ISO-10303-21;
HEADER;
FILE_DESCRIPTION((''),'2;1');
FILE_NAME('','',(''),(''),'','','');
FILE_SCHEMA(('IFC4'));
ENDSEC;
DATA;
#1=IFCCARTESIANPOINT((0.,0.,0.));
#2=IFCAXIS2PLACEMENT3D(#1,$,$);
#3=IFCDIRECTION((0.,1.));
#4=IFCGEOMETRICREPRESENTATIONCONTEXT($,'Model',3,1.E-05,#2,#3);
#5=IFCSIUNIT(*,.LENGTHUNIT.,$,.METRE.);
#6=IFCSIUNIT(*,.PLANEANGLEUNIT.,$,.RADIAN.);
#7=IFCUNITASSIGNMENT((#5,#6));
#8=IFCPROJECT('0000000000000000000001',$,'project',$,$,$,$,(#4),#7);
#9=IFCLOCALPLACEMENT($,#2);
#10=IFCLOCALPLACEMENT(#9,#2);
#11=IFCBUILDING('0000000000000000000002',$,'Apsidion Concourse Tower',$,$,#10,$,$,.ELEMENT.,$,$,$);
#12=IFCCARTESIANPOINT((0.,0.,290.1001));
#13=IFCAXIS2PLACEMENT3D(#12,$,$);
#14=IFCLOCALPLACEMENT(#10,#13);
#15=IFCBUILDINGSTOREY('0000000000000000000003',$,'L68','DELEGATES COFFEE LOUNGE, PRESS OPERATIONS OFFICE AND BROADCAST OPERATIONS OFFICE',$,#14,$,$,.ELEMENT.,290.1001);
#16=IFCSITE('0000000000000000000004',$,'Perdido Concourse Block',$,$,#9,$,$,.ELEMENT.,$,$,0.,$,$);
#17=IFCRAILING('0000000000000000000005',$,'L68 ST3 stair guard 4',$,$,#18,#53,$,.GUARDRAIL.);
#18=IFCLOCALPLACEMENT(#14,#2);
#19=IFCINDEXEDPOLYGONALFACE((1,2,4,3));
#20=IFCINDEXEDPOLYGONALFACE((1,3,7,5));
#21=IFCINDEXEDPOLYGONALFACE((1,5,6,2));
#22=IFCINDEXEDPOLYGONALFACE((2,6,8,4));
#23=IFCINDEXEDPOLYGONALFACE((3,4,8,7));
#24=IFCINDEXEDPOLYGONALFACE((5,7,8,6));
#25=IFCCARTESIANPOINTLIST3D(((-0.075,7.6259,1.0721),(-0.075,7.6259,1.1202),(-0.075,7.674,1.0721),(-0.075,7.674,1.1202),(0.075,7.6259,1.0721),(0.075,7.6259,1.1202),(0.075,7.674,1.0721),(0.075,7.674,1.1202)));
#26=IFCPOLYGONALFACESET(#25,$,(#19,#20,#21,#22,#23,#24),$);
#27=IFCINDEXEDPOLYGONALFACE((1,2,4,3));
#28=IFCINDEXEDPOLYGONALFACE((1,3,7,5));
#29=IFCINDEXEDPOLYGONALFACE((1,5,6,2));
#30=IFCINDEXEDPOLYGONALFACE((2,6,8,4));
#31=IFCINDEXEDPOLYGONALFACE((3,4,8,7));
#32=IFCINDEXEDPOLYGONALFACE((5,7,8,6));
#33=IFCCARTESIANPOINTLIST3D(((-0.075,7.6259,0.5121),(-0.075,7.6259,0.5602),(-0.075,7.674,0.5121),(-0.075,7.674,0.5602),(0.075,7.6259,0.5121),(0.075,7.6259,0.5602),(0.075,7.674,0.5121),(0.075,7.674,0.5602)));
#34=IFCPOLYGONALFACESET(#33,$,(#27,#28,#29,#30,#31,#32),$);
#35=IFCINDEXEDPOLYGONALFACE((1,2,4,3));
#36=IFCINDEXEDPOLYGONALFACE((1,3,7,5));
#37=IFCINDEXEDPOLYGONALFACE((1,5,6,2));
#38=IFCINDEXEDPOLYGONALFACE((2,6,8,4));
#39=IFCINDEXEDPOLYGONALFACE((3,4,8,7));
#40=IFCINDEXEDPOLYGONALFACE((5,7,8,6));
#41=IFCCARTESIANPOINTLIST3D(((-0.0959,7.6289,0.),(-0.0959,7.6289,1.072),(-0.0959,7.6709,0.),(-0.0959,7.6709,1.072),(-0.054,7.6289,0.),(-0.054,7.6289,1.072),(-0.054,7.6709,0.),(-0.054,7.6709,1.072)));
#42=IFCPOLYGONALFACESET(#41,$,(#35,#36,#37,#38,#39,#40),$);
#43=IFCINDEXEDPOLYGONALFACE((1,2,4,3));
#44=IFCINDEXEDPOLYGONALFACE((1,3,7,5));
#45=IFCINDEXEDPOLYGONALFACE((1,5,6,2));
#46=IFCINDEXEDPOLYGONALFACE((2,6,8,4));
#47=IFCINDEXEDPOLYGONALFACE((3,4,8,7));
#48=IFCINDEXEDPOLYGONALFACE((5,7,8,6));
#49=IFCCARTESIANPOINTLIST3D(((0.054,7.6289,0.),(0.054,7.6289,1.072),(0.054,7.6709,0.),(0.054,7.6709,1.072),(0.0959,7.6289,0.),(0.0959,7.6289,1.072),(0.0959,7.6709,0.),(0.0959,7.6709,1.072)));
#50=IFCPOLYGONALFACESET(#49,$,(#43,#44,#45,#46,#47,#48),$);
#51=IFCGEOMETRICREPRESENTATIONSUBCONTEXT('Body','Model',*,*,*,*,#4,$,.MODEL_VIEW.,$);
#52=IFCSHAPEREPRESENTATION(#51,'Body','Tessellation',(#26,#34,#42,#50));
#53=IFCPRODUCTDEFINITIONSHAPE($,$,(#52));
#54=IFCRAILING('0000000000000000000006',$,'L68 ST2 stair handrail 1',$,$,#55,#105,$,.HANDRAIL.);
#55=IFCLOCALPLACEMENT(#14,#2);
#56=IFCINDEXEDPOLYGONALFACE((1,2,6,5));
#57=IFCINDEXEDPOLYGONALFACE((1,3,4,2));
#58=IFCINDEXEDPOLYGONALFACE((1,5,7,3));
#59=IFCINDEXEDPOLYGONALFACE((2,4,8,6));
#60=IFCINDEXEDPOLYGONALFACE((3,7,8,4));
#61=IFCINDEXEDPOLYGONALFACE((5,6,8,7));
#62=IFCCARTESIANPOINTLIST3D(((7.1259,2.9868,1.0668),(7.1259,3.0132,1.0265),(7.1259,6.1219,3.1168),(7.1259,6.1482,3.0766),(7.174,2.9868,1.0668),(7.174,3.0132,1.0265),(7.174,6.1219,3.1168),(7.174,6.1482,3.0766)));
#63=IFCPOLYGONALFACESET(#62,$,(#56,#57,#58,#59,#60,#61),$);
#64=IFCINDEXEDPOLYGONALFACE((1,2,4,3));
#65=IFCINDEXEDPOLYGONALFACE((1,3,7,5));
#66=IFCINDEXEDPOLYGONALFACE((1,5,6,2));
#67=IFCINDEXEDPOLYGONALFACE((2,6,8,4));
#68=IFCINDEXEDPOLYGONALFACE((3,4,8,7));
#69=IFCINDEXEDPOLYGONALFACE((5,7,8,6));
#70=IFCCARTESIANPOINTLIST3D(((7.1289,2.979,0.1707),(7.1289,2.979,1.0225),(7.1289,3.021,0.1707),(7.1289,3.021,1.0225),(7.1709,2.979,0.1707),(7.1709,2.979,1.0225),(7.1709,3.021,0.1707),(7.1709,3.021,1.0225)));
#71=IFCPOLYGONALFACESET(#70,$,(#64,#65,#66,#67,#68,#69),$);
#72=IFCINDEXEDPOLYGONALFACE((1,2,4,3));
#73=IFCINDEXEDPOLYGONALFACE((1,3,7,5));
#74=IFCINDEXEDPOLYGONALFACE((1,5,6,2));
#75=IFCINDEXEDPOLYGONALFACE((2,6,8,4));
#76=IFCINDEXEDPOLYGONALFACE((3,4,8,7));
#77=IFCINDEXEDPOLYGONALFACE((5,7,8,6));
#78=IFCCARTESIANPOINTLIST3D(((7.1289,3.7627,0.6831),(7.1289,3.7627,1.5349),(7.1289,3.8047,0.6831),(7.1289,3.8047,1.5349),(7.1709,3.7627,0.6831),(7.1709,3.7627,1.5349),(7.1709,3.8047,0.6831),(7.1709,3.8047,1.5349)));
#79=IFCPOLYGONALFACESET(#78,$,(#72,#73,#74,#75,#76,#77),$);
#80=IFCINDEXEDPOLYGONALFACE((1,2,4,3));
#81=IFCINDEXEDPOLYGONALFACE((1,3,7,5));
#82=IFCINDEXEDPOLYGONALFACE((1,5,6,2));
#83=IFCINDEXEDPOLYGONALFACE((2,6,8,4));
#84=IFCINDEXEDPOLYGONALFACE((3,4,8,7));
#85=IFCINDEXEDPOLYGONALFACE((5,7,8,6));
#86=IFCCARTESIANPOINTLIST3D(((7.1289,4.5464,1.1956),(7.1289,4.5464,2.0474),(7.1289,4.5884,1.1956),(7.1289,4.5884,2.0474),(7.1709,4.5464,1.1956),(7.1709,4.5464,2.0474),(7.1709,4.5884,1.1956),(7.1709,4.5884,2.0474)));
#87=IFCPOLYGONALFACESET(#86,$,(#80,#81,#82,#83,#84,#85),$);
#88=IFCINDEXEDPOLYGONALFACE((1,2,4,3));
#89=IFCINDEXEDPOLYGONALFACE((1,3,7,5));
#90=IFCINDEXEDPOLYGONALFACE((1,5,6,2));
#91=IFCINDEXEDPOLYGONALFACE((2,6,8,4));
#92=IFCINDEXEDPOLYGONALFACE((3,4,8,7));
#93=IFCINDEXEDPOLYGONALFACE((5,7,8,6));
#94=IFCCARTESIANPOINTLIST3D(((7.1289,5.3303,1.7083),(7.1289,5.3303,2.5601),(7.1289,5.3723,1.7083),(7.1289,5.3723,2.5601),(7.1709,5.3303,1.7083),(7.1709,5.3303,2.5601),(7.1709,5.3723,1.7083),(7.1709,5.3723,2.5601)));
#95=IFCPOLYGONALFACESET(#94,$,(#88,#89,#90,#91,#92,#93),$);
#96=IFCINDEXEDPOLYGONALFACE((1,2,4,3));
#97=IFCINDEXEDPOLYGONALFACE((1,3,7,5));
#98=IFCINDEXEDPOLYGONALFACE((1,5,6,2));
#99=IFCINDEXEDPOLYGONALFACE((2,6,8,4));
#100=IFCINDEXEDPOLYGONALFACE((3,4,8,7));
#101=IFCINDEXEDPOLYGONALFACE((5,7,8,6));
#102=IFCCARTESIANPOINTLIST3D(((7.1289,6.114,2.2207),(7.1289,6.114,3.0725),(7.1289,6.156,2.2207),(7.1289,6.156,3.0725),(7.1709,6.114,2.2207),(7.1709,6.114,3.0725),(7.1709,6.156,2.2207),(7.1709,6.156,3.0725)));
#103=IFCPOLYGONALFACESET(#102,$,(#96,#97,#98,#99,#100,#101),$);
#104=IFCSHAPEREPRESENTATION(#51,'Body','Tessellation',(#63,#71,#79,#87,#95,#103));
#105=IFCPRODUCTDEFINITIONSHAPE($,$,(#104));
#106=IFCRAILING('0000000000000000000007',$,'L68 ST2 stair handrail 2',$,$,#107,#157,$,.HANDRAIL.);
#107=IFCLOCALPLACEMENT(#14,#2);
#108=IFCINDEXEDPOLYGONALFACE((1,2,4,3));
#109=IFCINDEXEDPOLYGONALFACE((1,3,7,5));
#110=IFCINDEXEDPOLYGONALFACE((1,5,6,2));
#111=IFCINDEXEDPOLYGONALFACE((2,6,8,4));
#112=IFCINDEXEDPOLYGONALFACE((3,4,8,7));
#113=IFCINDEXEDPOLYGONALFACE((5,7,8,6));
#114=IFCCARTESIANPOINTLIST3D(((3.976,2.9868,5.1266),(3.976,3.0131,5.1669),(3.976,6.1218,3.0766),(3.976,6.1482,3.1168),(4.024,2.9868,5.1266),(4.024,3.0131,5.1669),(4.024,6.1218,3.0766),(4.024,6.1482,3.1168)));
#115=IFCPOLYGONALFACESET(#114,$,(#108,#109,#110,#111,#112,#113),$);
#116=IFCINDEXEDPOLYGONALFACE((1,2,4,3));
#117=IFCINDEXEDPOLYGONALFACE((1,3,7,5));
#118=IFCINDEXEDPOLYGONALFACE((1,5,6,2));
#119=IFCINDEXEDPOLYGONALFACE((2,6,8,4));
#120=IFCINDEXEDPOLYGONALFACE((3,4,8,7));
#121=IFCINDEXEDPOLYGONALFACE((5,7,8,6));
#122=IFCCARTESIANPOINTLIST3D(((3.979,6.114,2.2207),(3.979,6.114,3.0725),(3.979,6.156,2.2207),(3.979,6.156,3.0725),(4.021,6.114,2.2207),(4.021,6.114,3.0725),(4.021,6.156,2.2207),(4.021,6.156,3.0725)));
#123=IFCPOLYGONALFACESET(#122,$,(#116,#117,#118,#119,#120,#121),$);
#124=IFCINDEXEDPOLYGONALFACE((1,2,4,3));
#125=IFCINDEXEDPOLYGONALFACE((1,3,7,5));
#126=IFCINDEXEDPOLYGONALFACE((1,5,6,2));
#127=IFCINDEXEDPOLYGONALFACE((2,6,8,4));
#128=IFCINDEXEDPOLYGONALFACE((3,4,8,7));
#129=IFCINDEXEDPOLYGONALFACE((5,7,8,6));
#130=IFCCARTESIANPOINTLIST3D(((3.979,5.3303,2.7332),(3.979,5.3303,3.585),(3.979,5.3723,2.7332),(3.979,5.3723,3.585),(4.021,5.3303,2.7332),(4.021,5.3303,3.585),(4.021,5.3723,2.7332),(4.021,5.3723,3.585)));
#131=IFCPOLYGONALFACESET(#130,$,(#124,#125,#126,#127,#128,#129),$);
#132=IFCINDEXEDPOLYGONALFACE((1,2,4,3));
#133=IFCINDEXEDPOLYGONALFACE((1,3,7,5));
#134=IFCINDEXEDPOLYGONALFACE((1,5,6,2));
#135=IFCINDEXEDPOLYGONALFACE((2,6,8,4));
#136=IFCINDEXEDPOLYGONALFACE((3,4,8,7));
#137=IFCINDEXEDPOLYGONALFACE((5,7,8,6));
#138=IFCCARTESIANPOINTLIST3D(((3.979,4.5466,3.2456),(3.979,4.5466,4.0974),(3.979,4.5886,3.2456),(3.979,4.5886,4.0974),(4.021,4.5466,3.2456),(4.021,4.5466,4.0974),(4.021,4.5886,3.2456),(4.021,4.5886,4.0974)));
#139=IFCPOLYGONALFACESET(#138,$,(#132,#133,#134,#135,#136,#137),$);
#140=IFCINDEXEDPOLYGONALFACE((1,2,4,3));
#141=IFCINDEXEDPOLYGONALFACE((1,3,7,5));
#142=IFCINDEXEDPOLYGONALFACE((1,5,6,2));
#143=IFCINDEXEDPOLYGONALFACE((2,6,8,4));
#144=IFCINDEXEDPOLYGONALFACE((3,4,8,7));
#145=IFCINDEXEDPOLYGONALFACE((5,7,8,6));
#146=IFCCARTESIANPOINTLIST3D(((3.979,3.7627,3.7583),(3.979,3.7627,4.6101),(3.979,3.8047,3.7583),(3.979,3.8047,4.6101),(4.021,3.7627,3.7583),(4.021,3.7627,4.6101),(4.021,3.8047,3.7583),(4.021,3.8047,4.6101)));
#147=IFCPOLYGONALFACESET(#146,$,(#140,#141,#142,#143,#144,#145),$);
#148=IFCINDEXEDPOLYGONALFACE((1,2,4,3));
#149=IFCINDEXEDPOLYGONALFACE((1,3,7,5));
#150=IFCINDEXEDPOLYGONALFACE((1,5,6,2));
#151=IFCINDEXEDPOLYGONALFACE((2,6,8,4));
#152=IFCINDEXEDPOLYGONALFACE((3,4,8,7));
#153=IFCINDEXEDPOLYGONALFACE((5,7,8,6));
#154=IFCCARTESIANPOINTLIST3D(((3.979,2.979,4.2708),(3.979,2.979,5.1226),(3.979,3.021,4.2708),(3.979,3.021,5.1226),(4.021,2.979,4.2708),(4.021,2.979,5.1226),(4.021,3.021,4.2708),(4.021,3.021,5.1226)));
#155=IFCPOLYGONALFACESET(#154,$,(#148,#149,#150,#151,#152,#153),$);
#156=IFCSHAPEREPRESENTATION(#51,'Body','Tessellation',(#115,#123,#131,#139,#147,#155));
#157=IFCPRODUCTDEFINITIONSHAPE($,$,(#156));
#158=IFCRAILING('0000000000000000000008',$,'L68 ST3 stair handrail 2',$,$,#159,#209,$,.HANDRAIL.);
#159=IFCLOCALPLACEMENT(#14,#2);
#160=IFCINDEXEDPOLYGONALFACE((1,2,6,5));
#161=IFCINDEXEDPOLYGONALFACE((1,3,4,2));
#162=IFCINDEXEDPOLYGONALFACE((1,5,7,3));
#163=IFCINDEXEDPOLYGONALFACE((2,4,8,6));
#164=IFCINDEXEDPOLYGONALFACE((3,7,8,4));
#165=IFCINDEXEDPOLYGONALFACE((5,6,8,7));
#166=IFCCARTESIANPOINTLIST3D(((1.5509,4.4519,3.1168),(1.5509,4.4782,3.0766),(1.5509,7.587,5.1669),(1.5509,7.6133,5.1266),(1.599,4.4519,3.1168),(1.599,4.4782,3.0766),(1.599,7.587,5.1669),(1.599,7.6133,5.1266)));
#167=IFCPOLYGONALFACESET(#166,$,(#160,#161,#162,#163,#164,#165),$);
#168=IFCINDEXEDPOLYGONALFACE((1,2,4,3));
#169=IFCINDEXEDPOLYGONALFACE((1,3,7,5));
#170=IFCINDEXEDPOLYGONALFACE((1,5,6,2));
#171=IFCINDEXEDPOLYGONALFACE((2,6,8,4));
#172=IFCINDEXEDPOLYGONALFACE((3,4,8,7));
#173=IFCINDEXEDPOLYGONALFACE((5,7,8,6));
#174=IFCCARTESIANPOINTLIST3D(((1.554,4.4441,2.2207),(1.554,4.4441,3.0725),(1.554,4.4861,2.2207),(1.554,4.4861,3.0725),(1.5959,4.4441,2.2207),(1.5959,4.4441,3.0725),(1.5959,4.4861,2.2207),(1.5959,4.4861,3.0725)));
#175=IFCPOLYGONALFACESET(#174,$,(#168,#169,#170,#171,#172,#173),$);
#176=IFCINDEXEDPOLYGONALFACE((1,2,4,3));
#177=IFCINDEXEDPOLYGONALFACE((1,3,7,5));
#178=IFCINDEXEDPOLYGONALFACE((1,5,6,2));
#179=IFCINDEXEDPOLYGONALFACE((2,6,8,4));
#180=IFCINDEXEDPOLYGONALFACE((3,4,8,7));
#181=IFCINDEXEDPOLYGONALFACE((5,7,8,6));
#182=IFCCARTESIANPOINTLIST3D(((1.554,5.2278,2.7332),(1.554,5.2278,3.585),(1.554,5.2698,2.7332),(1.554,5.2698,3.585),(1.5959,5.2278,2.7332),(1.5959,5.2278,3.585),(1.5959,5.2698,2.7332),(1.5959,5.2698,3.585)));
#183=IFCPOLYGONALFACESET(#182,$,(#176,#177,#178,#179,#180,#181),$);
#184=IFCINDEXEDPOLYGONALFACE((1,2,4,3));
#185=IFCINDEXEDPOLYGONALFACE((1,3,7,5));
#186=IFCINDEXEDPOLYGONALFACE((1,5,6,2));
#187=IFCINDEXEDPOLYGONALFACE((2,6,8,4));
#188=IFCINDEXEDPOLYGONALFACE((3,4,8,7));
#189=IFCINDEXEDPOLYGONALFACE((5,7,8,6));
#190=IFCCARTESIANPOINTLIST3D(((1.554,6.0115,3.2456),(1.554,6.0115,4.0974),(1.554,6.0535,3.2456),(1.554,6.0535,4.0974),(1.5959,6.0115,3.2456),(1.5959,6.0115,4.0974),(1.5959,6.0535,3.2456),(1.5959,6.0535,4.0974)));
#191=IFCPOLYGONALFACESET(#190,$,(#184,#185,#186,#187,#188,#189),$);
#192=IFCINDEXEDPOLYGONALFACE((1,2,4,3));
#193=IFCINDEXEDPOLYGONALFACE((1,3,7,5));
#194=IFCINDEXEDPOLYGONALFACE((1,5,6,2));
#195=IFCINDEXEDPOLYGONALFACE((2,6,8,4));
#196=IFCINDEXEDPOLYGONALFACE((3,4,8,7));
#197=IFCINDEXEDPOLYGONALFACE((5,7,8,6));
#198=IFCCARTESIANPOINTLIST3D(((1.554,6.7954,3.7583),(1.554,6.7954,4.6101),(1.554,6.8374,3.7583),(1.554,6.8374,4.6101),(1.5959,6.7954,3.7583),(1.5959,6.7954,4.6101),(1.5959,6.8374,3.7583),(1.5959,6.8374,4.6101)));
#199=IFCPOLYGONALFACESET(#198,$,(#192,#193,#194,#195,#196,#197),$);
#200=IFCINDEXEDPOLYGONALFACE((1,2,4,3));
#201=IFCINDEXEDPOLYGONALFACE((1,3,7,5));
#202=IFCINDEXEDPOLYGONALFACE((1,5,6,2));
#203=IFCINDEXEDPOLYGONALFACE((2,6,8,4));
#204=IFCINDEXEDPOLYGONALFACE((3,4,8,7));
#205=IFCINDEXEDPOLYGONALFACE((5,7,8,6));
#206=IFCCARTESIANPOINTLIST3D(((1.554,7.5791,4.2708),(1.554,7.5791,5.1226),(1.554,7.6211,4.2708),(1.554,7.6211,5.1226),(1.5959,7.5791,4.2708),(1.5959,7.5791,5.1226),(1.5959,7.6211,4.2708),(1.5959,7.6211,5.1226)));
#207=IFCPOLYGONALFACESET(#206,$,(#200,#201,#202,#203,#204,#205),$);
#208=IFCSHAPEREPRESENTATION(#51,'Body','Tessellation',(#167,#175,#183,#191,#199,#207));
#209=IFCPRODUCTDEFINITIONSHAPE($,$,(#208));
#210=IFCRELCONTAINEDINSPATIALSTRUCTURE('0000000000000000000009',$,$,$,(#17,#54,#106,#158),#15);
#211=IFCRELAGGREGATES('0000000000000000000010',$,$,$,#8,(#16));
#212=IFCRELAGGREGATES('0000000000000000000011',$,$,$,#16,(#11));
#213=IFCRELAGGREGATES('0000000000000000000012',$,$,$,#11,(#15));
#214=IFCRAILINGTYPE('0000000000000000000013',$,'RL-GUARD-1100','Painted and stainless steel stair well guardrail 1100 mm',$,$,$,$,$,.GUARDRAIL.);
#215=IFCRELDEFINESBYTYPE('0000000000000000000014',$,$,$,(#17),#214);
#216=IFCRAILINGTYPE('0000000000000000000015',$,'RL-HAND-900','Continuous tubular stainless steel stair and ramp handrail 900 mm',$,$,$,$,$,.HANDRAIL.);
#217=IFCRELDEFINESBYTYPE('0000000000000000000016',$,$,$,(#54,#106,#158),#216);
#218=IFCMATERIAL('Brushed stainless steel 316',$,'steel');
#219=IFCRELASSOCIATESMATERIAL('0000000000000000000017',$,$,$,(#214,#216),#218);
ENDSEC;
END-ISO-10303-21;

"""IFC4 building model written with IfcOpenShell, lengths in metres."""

from ifc_helpers import new_model, si_unit, direction, frame, origin, origin_2d, place, context, subcontext, project, spatial, rectangle, extrude, material, type_object, element, save


model = new_model("IFC4")

# Units and contexts
model_context = context("Model", 3, precision=1e-05, world=origin(), true_north=direction((0.0, 1.0)))
body_context = subcontext(model_context, "Body", "Model", "MODEL_VIEW")
ifc_project = project(units=[si_unit("LENGTHUNIT", "METRE"), si_unit("PLANEANGLEUNIT", "RADIAN")], contexts=[model_context])

# Site, building, storey
site_placement = place(None, origin())
site = spatial("IfcSite", under=ifc_project, at=site_placement, Name="Perdido Concourse Block", CompositionType="ELEMENT", RefElevation=0.0)
building_placement = place(site_placement, origin())
building = spatial("IfcBuilding", under=site, at=building_placement, Name="Apsidion Concourse Tower", CompositionType="ELEMENT")
storey_placement = place(building_placement, frame((0.0, 0.0, 290.1001)))
storey = spatial("IfcBuildingStorey", under=building, at=storey_placement, Name="L68", Description="DELEGATES COFFEE LOUNGE, PRESS OPERATIONS OFFICE AND BROADCAST OPERATIONS OFFICE", CompositionType="ELEMENT", Elevation=290.1001)

# Shared definitions
ifc_material_1 = material(Name="Brushed stainless steel 316", Category="steel")

# Railings
railing_type_1 = type_object("IfcRailingType", Name="RL-GUARD-1100", Description="Painted and stainless steel stair well guardrail 1100 mm", PredefinedType="GUARDRAIL", material=ifc_material_1)
railing_1_placement = place(storey_placement, frame((-0.075, 7.6499, 0.0)))
element("IfcRailing", 1, at=railing_1_placement, inside=storey, type_object=railing_type_1, Name="L68 ST3 stair guard 4", PredefinedType="GUARDRAIL", context=body_context, shape_type="SweptSolid", body=[
    extrude(rectangle(XDim=0.0481, YDim=0.0481, at=origin_2d()), frame((0.0, 0.0, 1.0962), z_axis=(1.0, 0.0, 0.0), x_axis=(0.0, 1.0, 0.0)), (0.0, 0.0, 1.0), 0.1499),
    extrude(rectangle(XDim=0.0481, YDim=0.0481, at=origin_2d()), frame((0.0, 0.0, 0.5361), z_axis=(1.0, 0.0, 0.0), x_axis=(0.0, 1.0, 0.0)), (0.0, 0.0, 1.0), 0.1499),
    extrude(rectangle(XDim=0.042, YDim=0.042, at=origin_2d()), origin(), (0.0, 0.0, 1.0), 1.072),
    extrude(rectangle(XDim=0.042, YDim=0.042, at=origin_2d()), frame((0.1499, 0.0, 0.0)), (0.0, 0.0, 1.0), 1.072),
])
railing_type_2 = type_object("IfcRailingType", Name="RL-HAND-900", Description="Continuous tubular stainless steel stair and ramp handrail 900 mm", PredefinedType="HANDRAIL", material=ifc_material_1)
railing_2_placement = place(storey_placement, frame((7.1499, 3.0, 0.1707)))
element("IfcRailing", 2, at=railing_2_placement, inside=storey, type_object=railing_type_2, Name="L68 ST2 stair handrail 1", PredefinedType="HANDRAIL", context=body_context, shape_type="SweptSolid", body=[
    extrude(rectangle(XDim=0.0481, YDim=0.0481, at=origin_2d()), frame((0.0, 0.0, 0.876), z_axis=(0.0, 0.836941, 0.547293), x_axis=(-1.0, 0.0, 0.0)), (0.0, 0.0, 1.0), 3.7458),
    extrude(rectangle(XDim=0.042, YDim=0.042, at=origin_2d()), origin(), (0.0, 0.0, 1.0), 0.8518),
    extrude(rectangle(XDim=0.042, YDim=0.042, at=origin_2d()), frame((0.0, 0.7837, 0.5125)), (0.0, 0.0, 1.0), 0.8518),
    extrude(rectangle(XDim=0.042, YDim=0.042, at=origin_2d()), frame((0.0, 1.5674, 1.0249)), (0.0, 0.0, 1.0), 0.8518),
    extrude(rectangle(XDim=0.042, YDim=0.042, at=origin_2d()), frame((0.0, 2.3513, 1.5376)), (0.0, 0.0, 1.0), 0.8518),
    extrude(rectangle(XDim=0.042, YDim=0.042, at=origin_2d()), frame((0.0, 3.135, 2.05)), (0.0, 0.0, 1.0), 0.8518),
])
railing_3_placement = place(storey_placement, frame((4.0, 6.135, 2.2207)))
element("IfcRailing", 3, at=railing_3_placement, inside=storey, type_object=railing_type_2, Name="L68 ST2 stair handrail 2", PredefinedType="HANDRAIL", context=body_context, shape_type="SweptSolid", body=[
    extrude(rectangle(XDim=0.0481, YDim=0.0481, at=origin_2d()), frame((0.0, 0.0, 0.876), z_axis=(0.0, -0.836941, 0.547293), x_axis=(1.0, 0.0, 0.0)), (0.0, 0.0, 1.0), 3.7458),
    extrude(rectangle(XDim=0.042, YDim=0.042, at=origin_2d()), origin(), (0.0, 0.0, 1.0), 0.8518),
    extrude(rectangle(XDim=0.042, YDim=0.042, at=origin_2d()), frame((0.0, -0.7837, 0.5125)), (0.0, 0.0, 1.0), 0.8518),
    extrude(rectangle(XDim=0.042, YDim=0.042, at=origin_2d()), frame((0.0, -1.5674, 1.0249)), (0.0, 0.0, 1.0), 0.8518),
    extrude(rectangle(XDim=0.042, YDim=0.042, at=origin_2d()), frame((0.0, -2.3513, 1.5376)), (0.0, 0.0, 1.0), 0.8518),
    extrude(rectangle(XDim=0.042, YDim=0.042, at=origin_2d()), frame((0.0, -3.135, 2.05)), (0.0, 0.0, 1.0), 0.8518),
])
railing_4_placement = place(storey_placement, frame((1.575, 4.4651, 2.2207)))
element("IfcRailing", 4, at=railing_4_placement, inside=storey, type_object=railing_type_2, Name="L68 ST3 stair handrail 2", PredefinedType="HANDRAIL", context=body_context, shape_type="SweptSolid", body=[
    extrude(rectangle(XDim=0.0481, YDim=0.0481, at=origin_2d()), frame((0.0, 0.0, 0.876), z_axis=(0.0, 0.836941, 0.547293), x_axis=(-1.0, 0.0, 0.0)), (0.0, 0.0, 1.0), 3.7458),
    extrude(rectangle(XDim=0.042, YDim=0.042, at=origin_2d()), origin(), (0.0, 0.0, 1.0), 0.8518),
    extrude(rectangle(XDim=0.042, YDim=0.042, at=origin_2d()), frame((0.0, 0.7837, 0.5125)), (0.0, 0.0, 1.0), 0.8518),
    extrude(rectangle(XDim=0.042, YDim=0.042, at=origin_2d()), frame((0.0, 1.5674, 1.0249)), (0.0, 0.0, 1.0), 0.8518),
    extrude(rectangle(XDim=0.042, YDim=0.042, at=origin_2d()), frame((0.0, 2.3513, 1.5376)), (0.0, 0.0, 1.0), 0.8518),
    extrude(rectangle(XDim=0.042, YDim=0.042, at=origin_2d()), frame((0.0, 3.135, 2.05)), (0.0, 0.0, 1.0), 0.8518),
])

save(model, "model.ifc")
